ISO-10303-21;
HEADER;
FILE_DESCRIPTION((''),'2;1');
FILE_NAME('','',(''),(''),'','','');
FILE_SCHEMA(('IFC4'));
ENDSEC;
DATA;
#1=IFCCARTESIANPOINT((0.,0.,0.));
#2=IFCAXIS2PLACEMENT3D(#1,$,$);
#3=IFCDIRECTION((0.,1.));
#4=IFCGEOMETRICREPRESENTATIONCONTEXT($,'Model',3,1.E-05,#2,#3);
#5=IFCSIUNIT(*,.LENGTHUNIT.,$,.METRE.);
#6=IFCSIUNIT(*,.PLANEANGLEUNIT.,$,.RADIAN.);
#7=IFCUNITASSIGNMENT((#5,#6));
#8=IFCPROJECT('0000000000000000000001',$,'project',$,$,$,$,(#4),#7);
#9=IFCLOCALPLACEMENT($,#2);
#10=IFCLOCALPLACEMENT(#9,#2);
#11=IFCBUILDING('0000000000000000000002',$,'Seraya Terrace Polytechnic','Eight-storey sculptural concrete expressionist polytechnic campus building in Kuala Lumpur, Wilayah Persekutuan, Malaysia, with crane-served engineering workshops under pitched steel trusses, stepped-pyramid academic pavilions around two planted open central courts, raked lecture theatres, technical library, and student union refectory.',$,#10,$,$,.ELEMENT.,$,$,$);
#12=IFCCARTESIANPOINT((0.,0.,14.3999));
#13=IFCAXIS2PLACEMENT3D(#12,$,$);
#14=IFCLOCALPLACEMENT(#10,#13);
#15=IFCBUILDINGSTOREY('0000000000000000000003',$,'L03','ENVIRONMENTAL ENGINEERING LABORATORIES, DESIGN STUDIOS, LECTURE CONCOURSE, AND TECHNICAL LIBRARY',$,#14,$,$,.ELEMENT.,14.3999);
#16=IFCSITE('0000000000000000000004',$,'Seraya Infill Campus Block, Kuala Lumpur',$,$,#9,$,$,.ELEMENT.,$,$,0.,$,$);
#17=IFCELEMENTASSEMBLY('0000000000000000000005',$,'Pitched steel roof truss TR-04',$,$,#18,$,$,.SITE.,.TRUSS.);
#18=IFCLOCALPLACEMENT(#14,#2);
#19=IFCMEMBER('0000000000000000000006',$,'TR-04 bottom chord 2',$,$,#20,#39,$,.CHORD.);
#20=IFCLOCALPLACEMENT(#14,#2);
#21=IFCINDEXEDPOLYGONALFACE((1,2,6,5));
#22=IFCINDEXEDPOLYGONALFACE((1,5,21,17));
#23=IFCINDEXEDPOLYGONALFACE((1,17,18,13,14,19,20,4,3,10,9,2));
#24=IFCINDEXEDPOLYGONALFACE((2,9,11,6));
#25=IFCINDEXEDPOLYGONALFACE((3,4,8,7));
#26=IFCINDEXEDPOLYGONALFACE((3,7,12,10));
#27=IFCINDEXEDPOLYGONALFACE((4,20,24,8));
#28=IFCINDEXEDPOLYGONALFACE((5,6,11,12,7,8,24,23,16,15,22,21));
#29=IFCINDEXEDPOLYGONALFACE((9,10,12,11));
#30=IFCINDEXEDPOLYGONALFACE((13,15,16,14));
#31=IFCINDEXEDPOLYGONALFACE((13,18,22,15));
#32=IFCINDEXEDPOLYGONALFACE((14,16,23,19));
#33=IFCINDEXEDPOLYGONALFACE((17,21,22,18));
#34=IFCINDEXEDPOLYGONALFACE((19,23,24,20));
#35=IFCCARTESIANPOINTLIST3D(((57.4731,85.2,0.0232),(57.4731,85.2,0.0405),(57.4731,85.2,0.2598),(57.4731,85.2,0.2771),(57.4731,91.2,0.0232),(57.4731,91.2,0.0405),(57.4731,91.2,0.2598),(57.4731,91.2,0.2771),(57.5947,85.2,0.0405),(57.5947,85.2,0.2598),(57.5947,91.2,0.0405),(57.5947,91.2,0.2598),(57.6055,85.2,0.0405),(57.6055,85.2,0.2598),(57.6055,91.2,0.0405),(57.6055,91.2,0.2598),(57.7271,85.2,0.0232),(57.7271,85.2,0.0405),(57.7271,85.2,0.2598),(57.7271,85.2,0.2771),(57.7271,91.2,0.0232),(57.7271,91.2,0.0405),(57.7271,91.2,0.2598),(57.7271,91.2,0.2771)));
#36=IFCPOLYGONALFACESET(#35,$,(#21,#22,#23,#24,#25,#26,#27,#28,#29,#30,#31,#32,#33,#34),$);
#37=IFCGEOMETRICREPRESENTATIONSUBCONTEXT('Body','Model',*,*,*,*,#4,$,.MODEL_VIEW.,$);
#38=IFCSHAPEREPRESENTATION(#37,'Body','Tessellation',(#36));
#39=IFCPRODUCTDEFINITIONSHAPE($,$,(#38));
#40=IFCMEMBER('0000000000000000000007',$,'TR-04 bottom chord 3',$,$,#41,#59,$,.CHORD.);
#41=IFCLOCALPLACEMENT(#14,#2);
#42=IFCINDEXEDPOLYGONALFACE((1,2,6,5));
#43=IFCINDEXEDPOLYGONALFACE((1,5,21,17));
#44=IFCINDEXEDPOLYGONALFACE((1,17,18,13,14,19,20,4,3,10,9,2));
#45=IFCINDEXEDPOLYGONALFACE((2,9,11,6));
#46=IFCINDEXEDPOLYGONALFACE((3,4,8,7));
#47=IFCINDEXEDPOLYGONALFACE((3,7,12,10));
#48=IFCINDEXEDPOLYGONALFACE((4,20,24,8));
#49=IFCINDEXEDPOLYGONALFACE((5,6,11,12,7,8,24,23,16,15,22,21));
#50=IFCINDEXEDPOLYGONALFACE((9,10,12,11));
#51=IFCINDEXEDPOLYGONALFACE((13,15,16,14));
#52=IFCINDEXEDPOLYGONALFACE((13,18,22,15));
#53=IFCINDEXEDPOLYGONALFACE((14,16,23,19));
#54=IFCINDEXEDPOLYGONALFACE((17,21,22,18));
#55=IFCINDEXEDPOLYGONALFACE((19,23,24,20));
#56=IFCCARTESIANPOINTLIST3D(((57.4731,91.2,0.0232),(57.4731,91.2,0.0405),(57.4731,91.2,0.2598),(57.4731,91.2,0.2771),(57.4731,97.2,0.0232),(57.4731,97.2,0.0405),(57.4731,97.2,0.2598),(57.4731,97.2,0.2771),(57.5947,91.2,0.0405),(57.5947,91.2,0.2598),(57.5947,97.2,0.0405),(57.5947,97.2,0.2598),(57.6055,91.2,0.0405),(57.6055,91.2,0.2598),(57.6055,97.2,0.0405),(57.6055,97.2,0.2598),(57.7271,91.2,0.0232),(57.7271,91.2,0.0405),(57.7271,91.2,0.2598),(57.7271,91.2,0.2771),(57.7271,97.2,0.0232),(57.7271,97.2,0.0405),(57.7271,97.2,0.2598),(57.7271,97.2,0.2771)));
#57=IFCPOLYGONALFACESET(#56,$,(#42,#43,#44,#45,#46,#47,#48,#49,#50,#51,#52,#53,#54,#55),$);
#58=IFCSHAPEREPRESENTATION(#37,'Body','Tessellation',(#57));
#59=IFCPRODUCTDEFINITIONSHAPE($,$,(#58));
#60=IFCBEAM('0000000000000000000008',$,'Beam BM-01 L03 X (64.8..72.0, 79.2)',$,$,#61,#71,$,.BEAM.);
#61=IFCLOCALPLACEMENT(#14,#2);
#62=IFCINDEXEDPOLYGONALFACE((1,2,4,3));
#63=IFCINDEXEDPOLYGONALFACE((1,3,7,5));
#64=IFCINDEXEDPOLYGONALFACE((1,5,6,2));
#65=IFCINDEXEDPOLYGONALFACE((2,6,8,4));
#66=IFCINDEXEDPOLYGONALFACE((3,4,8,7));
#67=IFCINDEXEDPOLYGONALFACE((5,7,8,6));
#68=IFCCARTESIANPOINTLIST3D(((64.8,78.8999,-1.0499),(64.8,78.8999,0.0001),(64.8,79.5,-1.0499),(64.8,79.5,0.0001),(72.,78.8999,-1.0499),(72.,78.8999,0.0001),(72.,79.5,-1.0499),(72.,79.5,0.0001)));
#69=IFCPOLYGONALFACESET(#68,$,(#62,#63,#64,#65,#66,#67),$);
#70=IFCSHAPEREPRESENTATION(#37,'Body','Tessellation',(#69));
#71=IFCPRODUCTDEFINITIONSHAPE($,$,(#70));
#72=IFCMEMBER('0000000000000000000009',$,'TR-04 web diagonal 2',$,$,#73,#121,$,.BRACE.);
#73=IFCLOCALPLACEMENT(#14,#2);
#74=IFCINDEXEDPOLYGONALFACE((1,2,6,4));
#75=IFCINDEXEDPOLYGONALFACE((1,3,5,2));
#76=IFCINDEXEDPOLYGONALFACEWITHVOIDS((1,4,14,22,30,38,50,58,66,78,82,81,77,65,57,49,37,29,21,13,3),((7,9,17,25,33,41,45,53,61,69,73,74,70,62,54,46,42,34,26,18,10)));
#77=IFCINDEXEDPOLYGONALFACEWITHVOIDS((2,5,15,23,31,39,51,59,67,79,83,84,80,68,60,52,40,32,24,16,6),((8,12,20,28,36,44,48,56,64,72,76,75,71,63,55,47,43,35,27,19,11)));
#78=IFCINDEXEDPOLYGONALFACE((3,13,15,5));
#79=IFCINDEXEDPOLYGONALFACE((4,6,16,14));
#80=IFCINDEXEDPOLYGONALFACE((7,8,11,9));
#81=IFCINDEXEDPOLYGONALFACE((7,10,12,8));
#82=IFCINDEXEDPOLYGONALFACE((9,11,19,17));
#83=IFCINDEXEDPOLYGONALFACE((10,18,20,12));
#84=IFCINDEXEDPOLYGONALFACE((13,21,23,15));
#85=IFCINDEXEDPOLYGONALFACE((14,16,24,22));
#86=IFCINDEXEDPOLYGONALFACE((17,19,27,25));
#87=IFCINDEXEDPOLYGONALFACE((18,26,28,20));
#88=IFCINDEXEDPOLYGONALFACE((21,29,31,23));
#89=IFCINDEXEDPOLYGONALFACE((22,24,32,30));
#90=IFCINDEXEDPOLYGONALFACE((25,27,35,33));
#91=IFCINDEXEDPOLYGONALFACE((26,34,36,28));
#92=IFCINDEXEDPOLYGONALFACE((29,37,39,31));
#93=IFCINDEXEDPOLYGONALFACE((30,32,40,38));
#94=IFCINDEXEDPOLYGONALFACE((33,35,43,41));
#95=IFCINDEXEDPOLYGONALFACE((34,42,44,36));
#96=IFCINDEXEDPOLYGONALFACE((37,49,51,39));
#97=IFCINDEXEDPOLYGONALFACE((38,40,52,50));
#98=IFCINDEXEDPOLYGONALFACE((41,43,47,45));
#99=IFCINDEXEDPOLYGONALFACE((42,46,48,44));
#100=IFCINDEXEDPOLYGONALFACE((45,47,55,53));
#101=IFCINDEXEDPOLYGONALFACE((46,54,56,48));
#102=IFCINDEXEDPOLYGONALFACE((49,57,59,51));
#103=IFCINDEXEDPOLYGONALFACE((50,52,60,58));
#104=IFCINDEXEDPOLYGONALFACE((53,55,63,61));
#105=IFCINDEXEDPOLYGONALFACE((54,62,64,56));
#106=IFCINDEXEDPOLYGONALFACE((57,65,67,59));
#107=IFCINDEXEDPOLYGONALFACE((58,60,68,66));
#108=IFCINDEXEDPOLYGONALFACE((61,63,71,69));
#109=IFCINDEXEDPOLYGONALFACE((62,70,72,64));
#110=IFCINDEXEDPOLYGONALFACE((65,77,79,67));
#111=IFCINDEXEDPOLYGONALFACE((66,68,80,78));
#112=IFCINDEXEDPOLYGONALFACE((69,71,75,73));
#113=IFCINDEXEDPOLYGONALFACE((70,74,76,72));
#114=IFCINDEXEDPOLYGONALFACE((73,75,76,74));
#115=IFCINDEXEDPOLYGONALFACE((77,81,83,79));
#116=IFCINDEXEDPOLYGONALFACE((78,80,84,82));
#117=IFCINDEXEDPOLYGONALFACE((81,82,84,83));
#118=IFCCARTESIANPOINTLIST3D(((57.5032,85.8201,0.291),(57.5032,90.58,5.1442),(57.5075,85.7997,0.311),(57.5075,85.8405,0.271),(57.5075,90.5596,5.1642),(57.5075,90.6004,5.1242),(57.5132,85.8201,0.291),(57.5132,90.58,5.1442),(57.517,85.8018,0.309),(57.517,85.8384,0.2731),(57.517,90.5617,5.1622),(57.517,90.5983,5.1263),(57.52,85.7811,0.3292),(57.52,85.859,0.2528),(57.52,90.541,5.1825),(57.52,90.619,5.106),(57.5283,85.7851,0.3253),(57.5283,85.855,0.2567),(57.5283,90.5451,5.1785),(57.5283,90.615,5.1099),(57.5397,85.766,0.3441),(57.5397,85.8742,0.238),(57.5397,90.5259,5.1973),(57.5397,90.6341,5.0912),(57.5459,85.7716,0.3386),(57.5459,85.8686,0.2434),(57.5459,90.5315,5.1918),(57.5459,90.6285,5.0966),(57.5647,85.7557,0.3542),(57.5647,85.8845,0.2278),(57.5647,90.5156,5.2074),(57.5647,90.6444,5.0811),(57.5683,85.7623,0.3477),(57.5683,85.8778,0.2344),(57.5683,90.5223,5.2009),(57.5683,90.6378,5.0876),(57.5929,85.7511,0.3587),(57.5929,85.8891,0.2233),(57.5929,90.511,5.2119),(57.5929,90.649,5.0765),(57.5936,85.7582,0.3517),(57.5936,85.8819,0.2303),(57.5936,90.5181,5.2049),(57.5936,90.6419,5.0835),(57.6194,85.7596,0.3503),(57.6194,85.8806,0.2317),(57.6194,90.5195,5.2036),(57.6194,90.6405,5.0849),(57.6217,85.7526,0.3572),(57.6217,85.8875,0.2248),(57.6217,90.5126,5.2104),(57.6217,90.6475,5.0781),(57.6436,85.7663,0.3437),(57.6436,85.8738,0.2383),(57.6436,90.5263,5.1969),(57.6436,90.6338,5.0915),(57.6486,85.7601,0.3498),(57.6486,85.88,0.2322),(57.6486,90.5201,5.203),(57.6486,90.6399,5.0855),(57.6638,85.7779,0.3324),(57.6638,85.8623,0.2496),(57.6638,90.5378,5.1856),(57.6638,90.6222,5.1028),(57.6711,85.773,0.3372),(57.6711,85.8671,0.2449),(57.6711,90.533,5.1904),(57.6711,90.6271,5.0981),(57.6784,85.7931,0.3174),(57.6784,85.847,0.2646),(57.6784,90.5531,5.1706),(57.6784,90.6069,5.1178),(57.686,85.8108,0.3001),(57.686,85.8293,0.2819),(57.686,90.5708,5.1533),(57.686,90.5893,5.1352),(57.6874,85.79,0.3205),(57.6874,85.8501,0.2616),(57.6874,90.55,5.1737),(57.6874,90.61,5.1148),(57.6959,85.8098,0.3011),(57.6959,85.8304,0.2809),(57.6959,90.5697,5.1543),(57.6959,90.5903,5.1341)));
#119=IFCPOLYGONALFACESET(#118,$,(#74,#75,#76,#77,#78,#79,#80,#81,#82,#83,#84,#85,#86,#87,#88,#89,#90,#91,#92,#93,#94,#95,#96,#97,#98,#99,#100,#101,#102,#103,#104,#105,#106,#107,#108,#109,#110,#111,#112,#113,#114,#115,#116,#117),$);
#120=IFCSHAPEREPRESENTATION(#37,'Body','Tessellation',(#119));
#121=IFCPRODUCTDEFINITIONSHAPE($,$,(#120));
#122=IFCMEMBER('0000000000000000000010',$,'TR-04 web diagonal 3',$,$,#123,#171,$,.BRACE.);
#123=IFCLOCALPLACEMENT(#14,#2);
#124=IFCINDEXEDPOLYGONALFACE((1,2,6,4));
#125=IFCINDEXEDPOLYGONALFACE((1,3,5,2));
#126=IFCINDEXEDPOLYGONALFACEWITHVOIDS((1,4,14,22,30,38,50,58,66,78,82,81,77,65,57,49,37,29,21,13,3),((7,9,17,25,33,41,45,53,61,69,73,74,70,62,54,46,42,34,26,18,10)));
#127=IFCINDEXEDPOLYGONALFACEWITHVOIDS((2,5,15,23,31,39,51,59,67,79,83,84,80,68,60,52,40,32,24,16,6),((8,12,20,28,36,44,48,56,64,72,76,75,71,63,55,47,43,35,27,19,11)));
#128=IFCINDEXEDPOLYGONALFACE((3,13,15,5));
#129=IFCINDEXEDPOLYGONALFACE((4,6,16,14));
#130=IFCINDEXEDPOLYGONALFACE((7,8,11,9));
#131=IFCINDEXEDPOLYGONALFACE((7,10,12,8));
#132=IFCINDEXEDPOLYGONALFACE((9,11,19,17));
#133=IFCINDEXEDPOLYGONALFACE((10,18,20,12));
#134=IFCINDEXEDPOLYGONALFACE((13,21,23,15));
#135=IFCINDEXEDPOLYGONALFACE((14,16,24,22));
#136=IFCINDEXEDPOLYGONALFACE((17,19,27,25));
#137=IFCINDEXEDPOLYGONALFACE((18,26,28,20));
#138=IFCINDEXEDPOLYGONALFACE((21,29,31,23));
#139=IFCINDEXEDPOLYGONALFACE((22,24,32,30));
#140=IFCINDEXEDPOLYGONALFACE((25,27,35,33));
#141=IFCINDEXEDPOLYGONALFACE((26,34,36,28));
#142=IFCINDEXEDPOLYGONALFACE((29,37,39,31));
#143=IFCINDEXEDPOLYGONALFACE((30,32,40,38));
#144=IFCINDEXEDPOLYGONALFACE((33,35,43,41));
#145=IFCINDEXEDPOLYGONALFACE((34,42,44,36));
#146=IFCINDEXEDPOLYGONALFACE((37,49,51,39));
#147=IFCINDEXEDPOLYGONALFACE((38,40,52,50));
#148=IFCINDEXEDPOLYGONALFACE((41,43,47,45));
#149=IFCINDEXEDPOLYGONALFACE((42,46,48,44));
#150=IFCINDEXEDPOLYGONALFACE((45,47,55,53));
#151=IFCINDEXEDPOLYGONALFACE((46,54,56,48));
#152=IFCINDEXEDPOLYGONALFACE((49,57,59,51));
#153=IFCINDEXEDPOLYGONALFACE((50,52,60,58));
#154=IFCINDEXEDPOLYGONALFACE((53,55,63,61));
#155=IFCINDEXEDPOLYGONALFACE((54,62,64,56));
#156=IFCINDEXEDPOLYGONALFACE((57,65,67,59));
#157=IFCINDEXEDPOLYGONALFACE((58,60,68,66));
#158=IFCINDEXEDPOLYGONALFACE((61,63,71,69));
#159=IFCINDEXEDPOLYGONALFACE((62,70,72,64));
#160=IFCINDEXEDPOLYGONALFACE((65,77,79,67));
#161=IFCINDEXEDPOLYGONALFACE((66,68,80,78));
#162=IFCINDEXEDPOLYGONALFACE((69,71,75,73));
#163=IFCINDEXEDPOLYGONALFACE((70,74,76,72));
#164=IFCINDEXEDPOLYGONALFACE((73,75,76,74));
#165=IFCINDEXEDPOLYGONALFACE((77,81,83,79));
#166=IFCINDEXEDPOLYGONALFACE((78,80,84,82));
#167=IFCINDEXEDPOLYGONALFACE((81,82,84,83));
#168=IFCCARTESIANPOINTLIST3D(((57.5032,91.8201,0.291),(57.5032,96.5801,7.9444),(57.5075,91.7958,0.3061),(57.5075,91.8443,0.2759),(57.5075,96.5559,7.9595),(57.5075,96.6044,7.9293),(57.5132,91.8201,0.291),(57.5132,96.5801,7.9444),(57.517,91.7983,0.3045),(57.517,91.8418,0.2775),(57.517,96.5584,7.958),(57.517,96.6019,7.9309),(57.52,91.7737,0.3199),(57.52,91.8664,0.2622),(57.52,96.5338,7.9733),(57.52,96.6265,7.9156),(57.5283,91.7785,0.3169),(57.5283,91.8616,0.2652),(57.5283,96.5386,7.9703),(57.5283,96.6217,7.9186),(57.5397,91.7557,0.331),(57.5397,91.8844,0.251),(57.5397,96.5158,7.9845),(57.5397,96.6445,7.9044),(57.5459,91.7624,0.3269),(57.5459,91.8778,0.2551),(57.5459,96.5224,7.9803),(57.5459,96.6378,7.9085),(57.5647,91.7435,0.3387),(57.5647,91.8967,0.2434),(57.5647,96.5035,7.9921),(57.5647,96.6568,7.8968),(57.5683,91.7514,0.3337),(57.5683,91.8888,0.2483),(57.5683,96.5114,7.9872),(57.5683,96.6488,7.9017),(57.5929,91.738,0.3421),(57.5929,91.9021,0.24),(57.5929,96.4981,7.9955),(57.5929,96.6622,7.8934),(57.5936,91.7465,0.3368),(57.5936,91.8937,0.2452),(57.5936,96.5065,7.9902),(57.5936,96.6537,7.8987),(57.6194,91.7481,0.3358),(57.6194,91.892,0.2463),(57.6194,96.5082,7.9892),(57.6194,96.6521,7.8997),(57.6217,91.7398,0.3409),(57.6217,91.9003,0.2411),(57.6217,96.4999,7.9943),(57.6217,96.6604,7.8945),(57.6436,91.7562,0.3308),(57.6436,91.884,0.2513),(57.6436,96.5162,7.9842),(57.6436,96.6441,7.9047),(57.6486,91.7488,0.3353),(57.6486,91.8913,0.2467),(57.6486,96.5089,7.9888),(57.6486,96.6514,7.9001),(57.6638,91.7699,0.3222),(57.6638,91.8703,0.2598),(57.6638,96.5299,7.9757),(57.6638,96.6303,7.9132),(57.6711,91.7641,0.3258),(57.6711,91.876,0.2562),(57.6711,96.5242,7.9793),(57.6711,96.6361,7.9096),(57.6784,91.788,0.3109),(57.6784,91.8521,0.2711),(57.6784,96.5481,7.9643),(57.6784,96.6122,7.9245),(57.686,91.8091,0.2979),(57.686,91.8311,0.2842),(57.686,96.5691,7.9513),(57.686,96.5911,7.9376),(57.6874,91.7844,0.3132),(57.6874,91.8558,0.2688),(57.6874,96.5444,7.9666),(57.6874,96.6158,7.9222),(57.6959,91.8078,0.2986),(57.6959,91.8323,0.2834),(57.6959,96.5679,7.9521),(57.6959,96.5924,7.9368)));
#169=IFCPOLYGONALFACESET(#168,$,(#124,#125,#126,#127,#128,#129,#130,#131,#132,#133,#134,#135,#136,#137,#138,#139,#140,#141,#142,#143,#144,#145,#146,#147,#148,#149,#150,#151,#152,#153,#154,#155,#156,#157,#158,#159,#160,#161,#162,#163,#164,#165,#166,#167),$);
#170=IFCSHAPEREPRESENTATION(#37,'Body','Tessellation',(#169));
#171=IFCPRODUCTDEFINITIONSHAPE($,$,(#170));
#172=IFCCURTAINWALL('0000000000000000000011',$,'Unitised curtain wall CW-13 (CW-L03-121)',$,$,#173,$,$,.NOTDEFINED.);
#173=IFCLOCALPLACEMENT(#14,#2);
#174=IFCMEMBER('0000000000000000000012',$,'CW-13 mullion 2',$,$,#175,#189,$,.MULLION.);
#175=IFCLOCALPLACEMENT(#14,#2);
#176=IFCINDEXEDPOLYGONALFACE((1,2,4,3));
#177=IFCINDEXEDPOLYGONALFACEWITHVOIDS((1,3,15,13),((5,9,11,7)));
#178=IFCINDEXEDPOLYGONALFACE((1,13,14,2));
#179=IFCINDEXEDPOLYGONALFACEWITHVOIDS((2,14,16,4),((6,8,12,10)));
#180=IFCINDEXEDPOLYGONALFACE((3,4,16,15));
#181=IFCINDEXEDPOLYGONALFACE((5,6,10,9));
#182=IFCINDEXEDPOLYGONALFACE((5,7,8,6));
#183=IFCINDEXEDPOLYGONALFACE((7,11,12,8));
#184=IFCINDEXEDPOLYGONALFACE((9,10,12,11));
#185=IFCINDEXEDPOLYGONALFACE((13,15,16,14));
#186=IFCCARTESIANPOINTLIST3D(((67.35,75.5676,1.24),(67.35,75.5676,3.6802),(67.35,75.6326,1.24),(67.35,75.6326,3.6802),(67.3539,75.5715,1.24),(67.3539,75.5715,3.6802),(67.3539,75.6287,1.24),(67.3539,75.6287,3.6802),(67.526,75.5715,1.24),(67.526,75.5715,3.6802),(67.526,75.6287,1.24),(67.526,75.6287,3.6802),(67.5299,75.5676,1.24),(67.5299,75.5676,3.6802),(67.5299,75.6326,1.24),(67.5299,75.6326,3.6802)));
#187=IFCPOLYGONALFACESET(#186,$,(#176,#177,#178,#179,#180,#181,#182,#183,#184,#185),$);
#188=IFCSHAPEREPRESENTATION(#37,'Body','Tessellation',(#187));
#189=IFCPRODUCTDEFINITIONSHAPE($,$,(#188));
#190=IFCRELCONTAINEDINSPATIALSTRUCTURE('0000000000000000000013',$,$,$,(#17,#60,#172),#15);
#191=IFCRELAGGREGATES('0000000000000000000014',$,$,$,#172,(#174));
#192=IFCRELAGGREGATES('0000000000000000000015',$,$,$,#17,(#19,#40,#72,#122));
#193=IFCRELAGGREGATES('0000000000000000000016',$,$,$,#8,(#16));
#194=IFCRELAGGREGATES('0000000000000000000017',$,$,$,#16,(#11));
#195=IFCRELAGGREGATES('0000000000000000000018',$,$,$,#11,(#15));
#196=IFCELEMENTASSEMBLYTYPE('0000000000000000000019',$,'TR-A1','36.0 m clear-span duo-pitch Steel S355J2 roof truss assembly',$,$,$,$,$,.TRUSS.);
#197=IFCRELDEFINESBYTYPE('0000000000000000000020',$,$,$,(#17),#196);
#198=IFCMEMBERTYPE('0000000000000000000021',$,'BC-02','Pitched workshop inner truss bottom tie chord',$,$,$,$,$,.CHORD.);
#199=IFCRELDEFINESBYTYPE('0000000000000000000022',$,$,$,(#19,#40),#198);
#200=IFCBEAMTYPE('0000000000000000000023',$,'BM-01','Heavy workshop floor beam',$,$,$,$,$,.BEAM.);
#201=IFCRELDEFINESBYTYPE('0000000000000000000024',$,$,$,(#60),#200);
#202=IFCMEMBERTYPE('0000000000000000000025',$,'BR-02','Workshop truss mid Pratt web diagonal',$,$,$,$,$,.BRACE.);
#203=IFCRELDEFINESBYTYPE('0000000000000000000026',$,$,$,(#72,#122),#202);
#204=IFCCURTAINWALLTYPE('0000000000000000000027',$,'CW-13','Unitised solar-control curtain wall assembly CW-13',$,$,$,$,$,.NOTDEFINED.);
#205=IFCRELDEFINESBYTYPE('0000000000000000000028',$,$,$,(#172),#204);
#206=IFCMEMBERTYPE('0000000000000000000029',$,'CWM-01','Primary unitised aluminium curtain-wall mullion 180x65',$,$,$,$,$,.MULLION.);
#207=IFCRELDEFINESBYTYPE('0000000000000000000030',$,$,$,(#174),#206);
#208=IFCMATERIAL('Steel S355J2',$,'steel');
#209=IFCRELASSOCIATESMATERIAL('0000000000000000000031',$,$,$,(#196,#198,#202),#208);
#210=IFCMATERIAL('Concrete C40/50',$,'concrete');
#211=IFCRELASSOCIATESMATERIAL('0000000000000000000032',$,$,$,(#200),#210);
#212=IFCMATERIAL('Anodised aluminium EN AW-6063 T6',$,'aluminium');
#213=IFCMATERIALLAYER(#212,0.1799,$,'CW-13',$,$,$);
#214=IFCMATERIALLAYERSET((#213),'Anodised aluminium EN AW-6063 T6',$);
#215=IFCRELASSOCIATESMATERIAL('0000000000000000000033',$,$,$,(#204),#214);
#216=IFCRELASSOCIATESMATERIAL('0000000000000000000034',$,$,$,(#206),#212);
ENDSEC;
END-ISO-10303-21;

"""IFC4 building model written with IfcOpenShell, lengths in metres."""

from ifc_helpers import new_model, si_unit, direction, frame, origin, origin_2d, place, context, subcontext, project, spatial, rectangle, hollow_rectangle, hollow_circle, i_section, extrude, material, layer, layer_set, material_profile, profile_set, type_object, element, aggregate, save


model = new_model("IFC4")

# Units and contexts
model_context = context("Model", 3, precision=1e-05, world=origin(), true_north=direction((0.0, 1.0)))
body_context = subcontext(model_context, "Body", "Model", "MODEL_VIEW")
ifc_project = project(units=[si_unit("LENGTHUNIT", "METRE"), si_unit("PLANEANGLEUNIT", "RADIAN")], contexts=[model_context])

# Site, building, storey
site_placement = place(None, origin())
site = spatial("IfcSite", under=ifc_project, at=site_placement, Name="Seraya Infill Campus Block, Kuala Lumpur", CompositionType="ELEMENT", RefElevation=0.0)
building_placement = place(site_placement, origin())
building = spatial("IfcBuilding", under=site, at=building_placement, Name="Seraya Terrace Polytechnic", Description="Eight-storey sculptural concrete expressionist polytechnic campus building in Kuala Lumpur, Wilayah Persekutuan, Malaysia, with crane-served engineering workshops under pitched steel trusses, stepped-pyramid academic pavilions around two planted open central courts, raked lecture theatres, technical library, and student union refectory.", CompositionType="ELEMENT")
storey_placement = place(building_placement, frame((0.0, 0.0, 14.3999)))
storey = spatial("IfcBuildingStorey", under=building, at=storey_placement, Name="L03", Description="ENVIRONMENTAL ENGINEERING LABORATORIES, DESIGN STUDIOS, LECTURE CONCOURSE, AND TECHNICAL LIBRARY", CompositionType="ELEMENT", Elevation=14.3999)

# Element assembly, members
ifc_material_1 = material(Name="Steel S355J2", Category="steel")
element_assembly_type = type_object("IfcElementAssemblyType", Name="TR-A1", Description="36.0 m clear-span duo-pitch Steel S355J2 roof truss assembly", PredefinedType="TRUSS", material=ifc_material_1)
assembly_placement = place(storey_placement, origin())
assembly = element("IfcElementAssembly", 1, at=assembly_placement, inside=storey, type_object=element_assembly_type, Name="Pitched steel roof truss TR-04", AssemblyPlace="SITE", PredefinedType="TRUSS")
ifc_material_profile_1 = material_profile(ifc_material_1, i_section(OverallWidth=0.2539, OverallDepth=0.2539, WebThickness=0.0107, FlangeThickness=0.0173, at=origin_2d()), Name="UKC 254x254x10.7x17.3")
ifc_profile_set_1 = profile_set([ifc_material_profile_1], Name="Steel S355J2")
member_type_1 = type_object("IfcMemberType", Name="BC-02", Description="Pitched workshop inner truss bottom tie chord", PredefinedType="CHORD", material=ifc_profile_set_1)
member_1_placement = place(storey_placement, frame((57.6001, 85.2, 0.1501), z_axis=(0.0, 1.0, 0.0), x_axis=(-1.0, 0.0, 0.0)))
member_1 = element("IfcMember", 2, at=member_1_placement, type_object=member_type_1, Name="TR-04 bottom chord 2", PredefinedType="CHORD", context=body_context, shape_type="SweptSolid", body=[
    extrude(i_section(OverallWidth=0.2539, OverallDepth=0.2539, WebThickness=0.0107, FlangeThickness=0.0173, at=origin_2d()), origin(), (0.0, 0.0, 1.0), 6.0),
])
member_2_placement = place(storey_placement, frame((57.6001, 91.2, 0.1501), z_axis=(0.0, 1.0, 0.0), x_axis=(-1.0, 0.0, 0.0)))
member_2 = element("IfcMember", 3, at=member_2_placement, type_object=member_type_1, Name="TR-04 bottom chord 3", PredefinedType="CHORD", context=body_context, shape_type="SweptSolid", body=[
    extrude(i_section(OverallWidth=0.2539, OverallDepth=0.2539, WebThickness=0.0107, FlangeThickness=0.0173, at=origin_2d()), origin(), (0.0, 0.0, 1.0), 6.0),
])

# Beam
ifc_material_2 = material(Name="Concrete C40/50", Category="concrete")
ifc_material_profile_2 = material_profile(ifc_material_2, rectangle(XDim=0.6001, YDim=1.05, at=origin_2d()), Name="RC 600x1050")
ifc_profile_set_2 = profile_set([ifc_material_profile_2], Name="Concrete C40/50")
beam_type = type_object("IfcBeamType", Name="BM-01", Description="Heavy workshop floor beam", PredefinedType="BEAM", material=ifc_profile_set_2)
beam_placement = place(storey_placement, frame((64.8, 79.2, -0.5249), z_axis=(1.0, 0.0, 0.0), x_axis=(0.0, 1.0, 0.0)))
element("IfcBeam", 4, at=beam_placement, inside=storey, type_object=beam_type, Name="Beam BM-01 L03 X (64.8..72.0, 79.2)", PredefinedType="BEAM", context=body_context, shape_type="SweptSolid", body=[
    extrude(rectangle(XDim=0.6001, YDim=1.05, at=origin_2d()), origin(), (0.0, 0.0, 1.0), 7.2),
])

# Members
ifc_material_profile_3 = material_profile(ifc_material_1, hollow_circle(Radius=0.0969, WallThickness=0.01, at=origin_2d()), Name="CHS 193.7x10.0")
ifc_profile_set_3 = profile_set([ifc_material_profile_3], Name="Steel S355J2")
member_type_2 = type_object("IfcMemberType", Name="BR-02", Description="Workshop truss mid Pratt web diagonal", PredefinedType="BRACE", material=ifc_profile_set_3)
member_3_placement = place(storey_placement, frame((57.6001, 85.8201, 0.291), z_axis=(0.0, 0.700214, 0.713933), x_axis=(-1.0, 0.0, 0.0)))
member_3 = element("IfcMember", 5, at=member_3_placement, type_object=member_type_2, Name="TR-04 web diagonal 2", PredefinedType="BRACE", context=body_context, shape_type="SweptSolid", body=[
    extrude(hollow_circle(Radius=0.0969, WallThickness=0.01, at=origin_2d()), origin(), (0.0, 0.0, 1.0), 6.7979),
])
member_4_placement = place(storey_placement, frame((57.6001, 91.8201, 0.291), z_axis=(0.0, 0.528137, 0.849159), x_axis=(-1.0, 0.0, 0.0)))
member_4 = element("IfcMember", 6, at=member_4_placement, type_object=member_type_2, Name="TR-04 web diagonal 3", PredefinedType="BRACE", context=body_context, shape_type="SweptSolid", body=[
    extrude(hollow_circle(Radius=0.0969, WallThickness=0.01, at=origin_2d()), origin(), (0.0, 0.0, 1.0), 9.0129),
])

# Curtain wall, member
ifc_material_3 = material(Name="Anodised aluminium EN AW-6063 T6", Category="aluminium")
ifc_layer_1 = layer(ifc_material_3, 0.1799, Name="CW-13")
ifc_layer_set_1 = layer_set([ifc_layer_1], Name="Anodised aluminium EN AW-6063 T6")
curtain_wall_type = type_object("IfcCurtainWallType", Name="CW-13", Description="Unitised solar-control curtain wall assembly CW-13", PredefinedType="NOTDEFINED", material=ifc_layer_set_1)
curtain_wall_placement = place(storey_placement, origin())
curtain_wall = element("IfcCurtainWall", 7, at=curtain_wall_placement, inside=storey, type_object=curtain_wall_type, Name="Unitised curtain wall CW-13 (CW-L03-121)", PredefinedType="NOTDEFINED")
ifc_material_profile_4 = material_profile(ifc_material_3, hollow_rectangle(XDim=0.0649, YDim=0.1799, WallThickness=0.0039, at=origin_2d()), Name="RHS 180x65x4.0")
ifc_profile_set_4 = profile_set([ifc_material_profile_4], Name="Anodised aluminium EN AW-6063 T6")
member_type_3 = type_object("IfcMemberType", Name="CWM-01", Description="Primary unitised aluminium curtain-wall mullion 180x65", PredefinedType="MULLION", material=ifc_profile_set_4)
member_5_placement = place(storey_placement, frame((67.4399, 75.6001, 1.24), z_axis=(0.0, 0.0, 1.0), x_axis=(0.0, 1.0, 0.0)))
member_5 = element("IfcMember", 8, at=member_5_placement, type_object=member_type_3, Name="CW-13 mullion 2", PredefinedType="MULLION", context=body_context, shape_type="SweptSolid", body=[
    extrude(hollow_rectangle(XDim=0.0649, YDim=0.1799, WallThickness=0.0039, at=origin_2d()), origin(), (0.0, 0.0, 1.0), 2.4402),
])

aggregate(curtain_wall, [member_5])
aggregate(assembly, [member_1, member_2, member_3, member_4])

save(model, "model.ifc")
